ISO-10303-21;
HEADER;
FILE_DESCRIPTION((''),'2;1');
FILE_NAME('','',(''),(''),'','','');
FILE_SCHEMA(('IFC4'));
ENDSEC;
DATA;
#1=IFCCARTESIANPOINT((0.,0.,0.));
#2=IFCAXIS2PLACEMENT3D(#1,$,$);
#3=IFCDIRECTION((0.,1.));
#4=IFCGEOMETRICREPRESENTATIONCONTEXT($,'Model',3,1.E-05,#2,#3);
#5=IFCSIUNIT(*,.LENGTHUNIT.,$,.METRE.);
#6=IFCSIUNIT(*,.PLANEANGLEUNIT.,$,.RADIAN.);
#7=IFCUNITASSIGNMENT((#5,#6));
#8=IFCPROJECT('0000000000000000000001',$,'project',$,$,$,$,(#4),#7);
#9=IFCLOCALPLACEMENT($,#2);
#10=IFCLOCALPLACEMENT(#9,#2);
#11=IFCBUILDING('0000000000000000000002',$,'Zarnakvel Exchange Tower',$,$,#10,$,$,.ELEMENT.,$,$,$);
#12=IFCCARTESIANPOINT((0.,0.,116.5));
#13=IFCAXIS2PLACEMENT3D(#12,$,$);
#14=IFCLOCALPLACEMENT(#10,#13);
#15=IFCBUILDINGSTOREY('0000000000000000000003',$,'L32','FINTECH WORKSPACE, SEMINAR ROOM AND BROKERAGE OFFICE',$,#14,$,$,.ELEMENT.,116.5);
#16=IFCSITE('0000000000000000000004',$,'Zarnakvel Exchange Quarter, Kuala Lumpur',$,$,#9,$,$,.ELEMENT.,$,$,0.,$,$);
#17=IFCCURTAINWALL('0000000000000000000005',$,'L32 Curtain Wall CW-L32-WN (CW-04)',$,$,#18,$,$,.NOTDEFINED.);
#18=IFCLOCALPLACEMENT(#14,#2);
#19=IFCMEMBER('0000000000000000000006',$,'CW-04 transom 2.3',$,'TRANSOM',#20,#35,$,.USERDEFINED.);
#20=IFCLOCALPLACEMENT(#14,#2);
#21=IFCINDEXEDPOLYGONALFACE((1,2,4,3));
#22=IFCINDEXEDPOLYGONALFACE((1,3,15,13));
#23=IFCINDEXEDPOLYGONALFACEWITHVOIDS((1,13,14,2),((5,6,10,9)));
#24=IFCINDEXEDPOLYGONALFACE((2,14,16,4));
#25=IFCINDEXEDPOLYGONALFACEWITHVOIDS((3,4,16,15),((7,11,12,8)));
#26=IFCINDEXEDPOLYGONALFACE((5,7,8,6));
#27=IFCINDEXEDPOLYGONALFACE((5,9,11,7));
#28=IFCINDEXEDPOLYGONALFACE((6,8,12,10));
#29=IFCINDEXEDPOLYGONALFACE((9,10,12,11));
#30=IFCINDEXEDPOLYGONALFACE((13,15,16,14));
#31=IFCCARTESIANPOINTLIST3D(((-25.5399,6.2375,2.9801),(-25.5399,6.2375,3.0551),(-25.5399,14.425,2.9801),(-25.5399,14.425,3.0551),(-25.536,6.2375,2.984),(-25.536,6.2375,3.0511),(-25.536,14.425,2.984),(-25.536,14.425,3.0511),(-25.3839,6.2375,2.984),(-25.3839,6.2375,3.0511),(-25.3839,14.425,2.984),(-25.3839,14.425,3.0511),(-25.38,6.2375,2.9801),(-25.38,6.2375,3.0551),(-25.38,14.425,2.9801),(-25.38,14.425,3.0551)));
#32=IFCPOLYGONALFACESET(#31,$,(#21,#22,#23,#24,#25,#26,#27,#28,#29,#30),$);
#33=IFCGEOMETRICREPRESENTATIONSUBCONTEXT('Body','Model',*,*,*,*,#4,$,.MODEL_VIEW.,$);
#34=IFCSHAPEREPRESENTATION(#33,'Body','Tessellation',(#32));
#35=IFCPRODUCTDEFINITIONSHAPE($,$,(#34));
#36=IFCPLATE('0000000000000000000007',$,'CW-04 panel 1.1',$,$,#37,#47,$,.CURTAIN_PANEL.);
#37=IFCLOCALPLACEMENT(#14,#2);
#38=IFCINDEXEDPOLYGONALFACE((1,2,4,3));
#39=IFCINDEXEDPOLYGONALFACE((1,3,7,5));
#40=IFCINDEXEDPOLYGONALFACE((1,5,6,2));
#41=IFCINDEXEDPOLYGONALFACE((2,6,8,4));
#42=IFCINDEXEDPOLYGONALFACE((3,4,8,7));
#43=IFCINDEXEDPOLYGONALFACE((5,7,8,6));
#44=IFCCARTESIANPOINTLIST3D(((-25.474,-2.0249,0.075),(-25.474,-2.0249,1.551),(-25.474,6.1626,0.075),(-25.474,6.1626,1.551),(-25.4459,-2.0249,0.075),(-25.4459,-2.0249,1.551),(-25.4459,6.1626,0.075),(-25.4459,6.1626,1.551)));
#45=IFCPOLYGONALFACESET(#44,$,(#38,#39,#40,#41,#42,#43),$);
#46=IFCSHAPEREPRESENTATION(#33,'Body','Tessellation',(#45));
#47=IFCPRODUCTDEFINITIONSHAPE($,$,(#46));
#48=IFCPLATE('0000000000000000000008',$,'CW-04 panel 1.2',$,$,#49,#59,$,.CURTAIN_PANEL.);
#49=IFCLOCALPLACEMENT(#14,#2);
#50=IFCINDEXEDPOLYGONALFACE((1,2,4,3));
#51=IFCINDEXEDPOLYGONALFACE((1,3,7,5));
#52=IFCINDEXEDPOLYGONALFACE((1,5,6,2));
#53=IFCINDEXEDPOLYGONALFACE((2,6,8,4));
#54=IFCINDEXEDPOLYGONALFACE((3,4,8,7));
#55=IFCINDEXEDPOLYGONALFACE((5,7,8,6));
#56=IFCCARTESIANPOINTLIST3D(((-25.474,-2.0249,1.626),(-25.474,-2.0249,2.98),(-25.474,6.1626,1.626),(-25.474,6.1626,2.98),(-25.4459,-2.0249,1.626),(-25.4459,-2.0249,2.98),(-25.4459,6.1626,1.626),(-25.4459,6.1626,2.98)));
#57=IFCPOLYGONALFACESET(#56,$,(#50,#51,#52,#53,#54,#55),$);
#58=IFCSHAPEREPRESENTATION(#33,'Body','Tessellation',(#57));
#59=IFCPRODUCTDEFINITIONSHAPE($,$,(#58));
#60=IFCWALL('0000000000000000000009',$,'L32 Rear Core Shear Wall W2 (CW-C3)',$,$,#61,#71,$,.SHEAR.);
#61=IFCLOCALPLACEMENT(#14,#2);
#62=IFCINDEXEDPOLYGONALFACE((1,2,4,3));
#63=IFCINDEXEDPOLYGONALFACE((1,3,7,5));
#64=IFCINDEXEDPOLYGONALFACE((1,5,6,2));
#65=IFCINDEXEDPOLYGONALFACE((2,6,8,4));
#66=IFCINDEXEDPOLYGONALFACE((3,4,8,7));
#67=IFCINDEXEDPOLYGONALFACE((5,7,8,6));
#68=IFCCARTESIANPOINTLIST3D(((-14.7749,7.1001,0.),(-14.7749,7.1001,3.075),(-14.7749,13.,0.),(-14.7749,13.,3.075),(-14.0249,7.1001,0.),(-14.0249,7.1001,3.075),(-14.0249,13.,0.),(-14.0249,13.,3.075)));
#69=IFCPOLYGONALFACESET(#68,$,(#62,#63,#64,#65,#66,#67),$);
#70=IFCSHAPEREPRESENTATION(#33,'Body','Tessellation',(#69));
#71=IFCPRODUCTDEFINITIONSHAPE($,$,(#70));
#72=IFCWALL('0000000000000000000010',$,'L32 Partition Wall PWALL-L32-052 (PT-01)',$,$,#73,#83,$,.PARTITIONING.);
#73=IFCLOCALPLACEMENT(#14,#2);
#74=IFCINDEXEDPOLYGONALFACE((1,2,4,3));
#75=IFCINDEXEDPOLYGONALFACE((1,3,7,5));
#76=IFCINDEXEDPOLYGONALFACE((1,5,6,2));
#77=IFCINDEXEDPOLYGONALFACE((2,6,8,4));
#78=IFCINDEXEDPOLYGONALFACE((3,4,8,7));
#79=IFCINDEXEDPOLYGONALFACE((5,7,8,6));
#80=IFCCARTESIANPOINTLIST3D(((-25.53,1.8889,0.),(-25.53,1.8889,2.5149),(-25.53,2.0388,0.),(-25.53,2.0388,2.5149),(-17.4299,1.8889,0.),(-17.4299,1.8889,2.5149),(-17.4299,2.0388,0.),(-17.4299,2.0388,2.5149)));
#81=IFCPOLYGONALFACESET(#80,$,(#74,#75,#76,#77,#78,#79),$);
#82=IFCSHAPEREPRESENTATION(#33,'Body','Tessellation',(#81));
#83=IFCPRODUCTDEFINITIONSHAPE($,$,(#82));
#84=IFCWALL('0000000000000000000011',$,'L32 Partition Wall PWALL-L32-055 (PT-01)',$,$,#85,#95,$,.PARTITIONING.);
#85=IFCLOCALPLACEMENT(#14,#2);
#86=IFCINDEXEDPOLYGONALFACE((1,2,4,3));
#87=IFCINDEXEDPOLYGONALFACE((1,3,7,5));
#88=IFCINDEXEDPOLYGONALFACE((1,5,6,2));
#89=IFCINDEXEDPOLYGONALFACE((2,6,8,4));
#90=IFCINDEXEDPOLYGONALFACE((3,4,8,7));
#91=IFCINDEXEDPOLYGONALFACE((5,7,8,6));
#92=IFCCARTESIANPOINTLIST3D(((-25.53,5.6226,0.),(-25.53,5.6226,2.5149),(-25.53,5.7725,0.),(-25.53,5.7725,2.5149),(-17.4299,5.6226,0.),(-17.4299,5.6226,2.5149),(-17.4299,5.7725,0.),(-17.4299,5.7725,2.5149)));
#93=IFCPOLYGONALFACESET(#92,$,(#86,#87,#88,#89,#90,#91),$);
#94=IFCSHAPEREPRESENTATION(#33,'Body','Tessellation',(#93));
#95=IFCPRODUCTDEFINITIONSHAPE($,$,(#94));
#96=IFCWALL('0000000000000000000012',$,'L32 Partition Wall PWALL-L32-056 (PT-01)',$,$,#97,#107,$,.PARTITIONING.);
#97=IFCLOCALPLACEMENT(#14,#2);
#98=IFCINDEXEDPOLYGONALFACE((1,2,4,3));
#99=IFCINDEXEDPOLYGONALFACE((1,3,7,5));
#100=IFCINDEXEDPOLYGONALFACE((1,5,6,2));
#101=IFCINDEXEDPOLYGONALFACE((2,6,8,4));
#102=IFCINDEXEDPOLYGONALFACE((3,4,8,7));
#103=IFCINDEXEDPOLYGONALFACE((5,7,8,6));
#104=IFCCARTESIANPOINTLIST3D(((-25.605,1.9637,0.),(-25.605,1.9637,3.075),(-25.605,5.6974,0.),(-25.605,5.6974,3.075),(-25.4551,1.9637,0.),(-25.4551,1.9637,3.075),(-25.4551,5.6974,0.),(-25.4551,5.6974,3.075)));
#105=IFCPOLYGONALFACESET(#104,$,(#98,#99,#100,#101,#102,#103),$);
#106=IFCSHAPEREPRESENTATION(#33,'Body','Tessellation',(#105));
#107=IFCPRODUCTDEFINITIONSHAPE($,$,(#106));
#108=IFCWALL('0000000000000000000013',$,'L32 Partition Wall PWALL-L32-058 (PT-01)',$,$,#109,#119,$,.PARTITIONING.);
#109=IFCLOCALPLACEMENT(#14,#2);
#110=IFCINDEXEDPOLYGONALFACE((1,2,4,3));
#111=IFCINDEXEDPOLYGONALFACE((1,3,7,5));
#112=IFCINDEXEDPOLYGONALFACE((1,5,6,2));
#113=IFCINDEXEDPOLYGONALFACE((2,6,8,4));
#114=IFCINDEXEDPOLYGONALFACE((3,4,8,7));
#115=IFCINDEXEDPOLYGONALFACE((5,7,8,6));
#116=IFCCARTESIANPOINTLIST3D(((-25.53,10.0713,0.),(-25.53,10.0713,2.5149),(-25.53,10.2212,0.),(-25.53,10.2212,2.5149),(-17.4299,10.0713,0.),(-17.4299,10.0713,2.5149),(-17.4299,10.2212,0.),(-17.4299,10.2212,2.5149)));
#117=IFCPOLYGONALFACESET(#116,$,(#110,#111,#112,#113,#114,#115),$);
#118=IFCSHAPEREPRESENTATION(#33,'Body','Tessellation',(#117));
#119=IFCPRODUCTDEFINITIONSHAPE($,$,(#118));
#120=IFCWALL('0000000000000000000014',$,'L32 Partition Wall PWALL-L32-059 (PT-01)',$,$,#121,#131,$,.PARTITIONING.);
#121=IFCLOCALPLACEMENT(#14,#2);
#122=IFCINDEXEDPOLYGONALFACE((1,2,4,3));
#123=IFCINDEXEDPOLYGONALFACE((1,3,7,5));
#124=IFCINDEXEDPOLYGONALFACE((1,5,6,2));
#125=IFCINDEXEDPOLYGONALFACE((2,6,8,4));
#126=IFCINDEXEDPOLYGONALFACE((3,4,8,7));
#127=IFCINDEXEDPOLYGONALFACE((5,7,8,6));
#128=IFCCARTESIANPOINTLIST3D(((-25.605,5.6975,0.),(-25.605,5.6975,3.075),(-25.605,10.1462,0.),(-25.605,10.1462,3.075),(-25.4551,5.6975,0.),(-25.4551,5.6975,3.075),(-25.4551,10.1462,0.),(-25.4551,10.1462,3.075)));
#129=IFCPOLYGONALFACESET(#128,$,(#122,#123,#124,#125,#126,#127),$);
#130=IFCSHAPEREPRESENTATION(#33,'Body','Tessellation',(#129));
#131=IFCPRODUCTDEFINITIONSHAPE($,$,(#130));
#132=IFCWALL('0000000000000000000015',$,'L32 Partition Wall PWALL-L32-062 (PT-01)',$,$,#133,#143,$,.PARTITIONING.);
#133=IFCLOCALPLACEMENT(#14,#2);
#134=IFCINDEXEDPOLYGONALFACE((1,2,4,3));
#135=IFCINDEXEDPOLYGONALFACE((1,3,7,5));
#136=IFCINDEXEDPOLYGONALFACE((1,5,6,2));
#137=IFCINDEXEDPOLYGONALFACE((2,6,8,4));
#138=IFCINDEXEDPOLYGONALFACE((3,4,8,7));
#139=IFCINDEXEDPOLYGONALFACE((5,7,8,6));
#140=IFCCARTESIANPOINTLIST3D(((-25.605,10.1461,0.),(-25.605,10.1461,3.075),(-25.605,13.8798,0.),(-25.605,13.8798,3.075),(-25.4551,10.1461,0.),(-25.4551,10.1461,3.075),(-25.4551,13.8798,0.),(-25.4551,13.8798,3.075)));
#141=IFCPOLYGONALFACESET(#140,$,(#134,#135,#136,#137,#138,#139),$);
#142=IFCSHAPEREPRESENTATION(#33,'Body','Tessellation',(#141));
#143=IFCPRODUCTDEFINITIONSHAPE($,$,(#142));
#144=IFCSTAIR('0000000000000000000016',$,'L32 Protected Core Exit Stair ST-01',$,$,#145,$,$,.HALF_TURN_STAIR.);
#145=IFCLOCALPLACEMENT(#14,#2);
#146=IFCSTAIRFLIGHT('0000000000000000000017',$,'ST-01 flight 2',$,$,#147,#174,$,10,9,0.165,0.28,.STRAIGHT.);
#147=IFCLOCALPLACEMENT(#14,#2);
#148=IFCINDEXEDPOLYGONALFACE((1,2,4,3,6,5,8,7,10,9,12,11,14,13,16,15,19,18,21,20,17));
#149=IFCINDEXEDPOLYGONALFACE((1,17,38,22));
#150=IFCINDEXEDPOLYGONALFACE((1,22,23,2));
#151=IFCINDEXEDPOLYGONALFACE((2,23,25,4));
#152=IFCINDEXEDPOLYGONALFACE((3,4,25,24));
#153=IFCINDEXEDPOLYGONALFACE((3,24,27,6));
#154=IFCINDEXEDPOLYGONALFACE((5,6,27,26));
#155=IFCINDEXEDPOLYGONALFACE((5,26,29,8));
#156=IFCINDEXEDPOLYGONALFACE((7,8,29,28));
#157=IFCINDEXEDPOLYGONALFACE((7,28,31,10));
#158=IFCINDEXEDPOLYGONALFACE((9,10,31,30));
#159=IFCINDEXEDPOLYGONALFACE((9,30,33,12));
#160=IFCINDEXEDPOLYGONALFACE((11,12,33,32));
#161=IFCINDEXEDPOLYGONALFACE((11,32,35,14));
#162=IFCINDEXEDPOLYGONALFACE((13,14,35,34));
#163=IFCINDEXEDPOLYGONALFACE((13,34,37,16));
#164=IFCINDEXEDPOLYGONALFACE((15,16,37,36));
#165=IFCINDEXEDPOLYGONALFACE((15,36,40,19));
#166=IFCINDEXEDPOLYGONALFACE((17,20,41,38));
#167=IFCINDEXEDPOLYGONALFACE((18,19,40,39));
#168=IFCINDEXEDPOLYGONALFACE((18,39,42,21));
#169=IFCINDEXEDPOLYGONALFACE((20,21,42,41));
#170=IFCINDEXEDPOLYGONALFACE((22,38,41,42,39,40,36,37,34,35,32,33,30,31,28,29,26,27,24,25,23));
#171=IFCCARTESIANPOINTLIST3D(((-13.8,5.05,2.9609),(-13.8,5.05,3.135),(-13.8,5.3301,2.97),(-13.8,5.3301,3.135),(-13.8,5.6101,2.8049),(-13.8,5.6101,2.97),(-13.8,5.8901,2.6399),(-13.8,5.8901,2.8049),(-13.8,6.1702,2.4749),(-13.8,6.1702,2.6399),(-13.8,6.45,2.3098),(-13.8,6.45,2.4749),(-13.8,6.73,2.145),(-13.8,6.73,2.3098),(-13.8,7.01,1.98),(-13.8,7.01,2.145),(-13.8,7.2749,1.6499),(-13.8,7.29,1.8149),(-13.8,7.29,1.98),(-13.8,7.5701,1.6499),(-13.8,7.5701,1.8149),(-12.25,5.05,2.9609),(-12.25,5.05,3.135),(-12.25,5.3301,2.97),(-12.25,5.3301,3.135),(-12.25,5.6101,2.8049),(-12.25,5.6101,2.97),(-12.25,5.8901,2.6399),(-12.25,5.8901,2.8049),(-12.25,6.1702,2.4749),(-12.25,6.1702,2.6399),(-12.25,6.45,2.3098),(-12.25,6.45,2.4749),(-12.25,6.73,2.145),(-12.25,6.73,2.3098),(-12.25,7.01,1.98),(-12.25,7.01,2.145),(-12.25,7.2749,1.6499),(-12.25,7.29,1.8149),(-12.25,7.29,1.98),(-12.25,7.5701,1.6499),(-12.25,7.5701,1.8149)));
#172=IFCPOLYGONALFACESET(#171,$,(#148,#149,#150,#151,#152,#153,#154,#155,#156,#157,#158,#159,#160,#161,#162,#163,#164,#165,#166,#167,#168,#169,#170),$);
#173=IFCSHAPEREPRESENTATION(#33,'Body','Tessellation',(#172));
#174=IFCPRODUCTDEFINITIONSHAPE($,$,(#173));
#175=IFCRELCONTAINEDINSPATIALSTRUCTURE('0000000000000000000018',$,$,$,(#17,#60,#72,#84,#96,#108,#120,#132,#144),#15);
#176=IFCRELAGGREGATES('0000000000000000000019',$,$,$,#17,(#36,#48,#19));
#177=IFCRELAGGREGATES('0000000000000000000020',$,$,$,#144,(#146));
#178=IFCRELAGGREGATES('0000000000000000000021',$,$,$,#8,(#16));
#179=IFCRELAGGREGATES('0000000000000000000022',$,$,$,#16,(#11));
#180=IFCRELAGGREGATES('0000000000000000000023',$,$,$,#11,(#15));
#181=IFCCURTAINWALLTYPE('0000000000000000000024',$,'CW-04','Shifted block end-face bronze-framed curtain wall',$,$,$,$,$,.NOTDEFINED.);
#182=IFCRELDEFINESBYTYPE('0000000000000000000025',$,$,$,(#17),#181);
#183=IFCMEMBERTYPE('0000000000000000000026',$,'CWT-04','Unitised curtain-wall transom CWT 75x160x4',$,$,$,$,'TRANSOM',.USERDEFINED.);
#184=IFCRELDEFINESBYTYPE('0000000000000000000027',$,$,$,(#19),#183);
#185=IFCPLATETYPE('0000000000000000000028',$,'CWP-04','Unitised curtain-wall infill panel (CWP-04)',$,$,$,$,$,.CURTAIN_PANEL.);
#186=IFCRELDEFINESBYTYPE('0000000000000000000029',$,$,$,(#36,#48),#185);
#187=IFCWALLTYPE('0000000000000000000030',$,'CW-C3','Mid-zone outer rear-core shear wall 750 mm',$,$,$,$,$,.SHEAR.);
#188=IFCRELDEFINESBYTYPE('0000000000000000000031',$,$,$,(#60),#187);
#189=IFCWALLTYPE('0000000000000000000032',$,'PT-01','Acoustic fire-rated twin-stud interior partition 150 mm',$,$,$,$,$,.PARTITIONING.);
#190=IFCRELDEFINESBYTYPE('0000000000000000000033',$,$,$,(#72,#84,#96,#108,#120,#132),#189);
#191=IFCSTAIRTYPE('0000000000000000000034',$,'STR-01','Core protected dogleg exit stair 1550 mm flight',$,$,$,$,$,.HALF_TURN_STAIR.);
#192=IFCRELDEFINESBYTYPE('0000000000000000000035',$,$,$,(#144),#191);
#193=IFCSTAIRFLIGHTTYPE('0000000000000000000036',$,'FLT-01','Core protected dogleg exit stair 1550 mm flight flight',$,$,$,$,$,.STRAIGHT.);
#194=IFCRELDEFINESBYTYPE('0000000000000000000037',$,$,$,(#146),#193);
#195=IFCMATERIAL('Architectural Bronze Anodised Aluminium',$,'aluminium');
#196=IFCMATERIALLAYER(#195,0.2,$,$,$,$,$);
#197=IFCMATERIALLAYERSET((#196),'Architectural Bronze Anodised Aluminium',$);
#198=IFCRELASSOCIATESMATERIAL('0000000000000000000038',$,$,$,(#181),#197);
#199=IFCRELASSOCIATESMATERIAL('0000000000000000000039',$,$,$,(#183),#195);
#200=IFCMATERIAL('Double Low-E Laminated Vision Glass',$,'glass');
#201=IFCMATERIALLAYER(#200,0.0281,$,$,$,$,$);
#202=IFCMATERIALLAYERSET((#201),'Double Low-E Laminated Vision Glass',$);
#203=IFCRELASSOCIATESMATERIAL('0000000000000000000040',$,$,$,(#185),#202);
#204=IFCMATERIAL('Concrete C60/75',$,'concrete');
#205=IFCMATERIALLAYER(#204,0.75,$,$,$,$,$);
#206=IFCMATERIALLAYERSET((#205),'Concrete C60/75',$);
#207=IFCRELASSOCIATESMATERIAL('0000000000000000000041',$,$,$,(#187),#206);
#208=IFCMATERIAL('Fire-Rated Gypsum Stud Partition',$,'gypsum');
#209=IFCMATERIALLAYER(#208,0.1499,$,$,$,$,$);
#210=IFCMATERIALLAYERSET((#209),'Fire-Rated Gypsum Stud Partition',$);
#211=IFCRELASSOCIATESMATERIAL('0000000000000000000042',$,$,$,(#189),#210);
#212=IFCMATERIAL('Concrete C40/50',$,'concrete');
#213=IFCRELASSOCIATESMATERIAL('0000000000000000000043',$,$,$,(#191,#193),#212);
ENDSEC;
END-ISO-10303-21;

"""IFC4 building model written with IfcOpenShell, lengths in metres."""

from ifc_helpers import new_model, si_unit, direction, frame, frame_2d, origin, origin_2d, place, context, subcontext, project, spatial, polyline, rectangle, hollow_rectangle, outline, extrude, source, transform, mapped, material, layer, layer_set, material_profile, profile_set, type_object, element, aggregate, save


model = new_model("IFC4")

# Units and contexts
model_context = context("Model", 3, precision=1e-05, world=origin(), true_north=direction((0.0, 1.0)))
body_context = subcontext(model_context, "Body", "Model", "MODEL_VIEW")
ifc_project = project(units=[si_unit("LENGTHUNIT", "METRE"), si_unit("PLANEANGLEUNIT", "RADIAN")], contexts=[model_context])

# Site, building, storey
site_placement = place(None, origin())
site = spatial("IfcSite", under=ifc_project, at=site_placement, Name="Zarnakvel Exchange Quarter, Kuala Lumpur", CompositionType="ELEMENT", RefElevation=0.0)
building_placement = place(site_placement, origin())
building = spatial("IfcBuilding", under=site, at=building_placement, Name="Zarnakvel Exchange Tower", CompositionType="ELEMENT")
storey_placement = place(building_placement, frame((0.0, 0.0, 116.5)))
storey = spatial("IfcBuildingStorey", under=building, at=storey_placement, Name="L32", Description="FINTECH WORKSPACE, SEMINAR ROOM AND BROKERAGE OFFICE", CompositionType="ELEMENT", Elevation=116.5)

# Shared definitions
ifc_material_1 = material(Name="Concrete C60/75", Category="concrete")

# Curtain wall, member, plates
ifc_material_2 = material(Name="Architectural Bronze Anodised Aluminium", Category="aluminium")
ifc_layer_1 = layer(ifc_material_2, 0.2)
ifc_layer_set_1 = layer_set([ifc_layer_1], Name="Architectural Bronze Anodised Aluminium")
curtain_wall_type = type_object("IfcCurtainWallType", Name="CW-04", Description="Shifted block end-face bronze-framed curtain wall", PredefinedType="NOTDEFINED", material=ifc_layer_set_1)
curtain_wall_placement = place(storey_placement, origin())
curtain_wall = element("IfcCurtainWall", 1, at=curtain_wall_placement, inside=storey, type_object=curtain_wall_type, Name="L32 Curtain Wall CW-L32-WN (CW-04)", PredefinedType="NOTDEFINED")
ifc_material_profile_1 = material_profile(ifc_material_2, hollow_rectangle(XDim=0.1599, YDim=0.075, WallThickness=0.0039, at=origin_2d()))
ifc_profile_set_1 = profile_set([ifc_material_profile_1], Name="Architectural Bronze Anodised Aluminium")
member_type_1 = type_object("IfcMemberType", Name="CWT-04", Description="Unitised curtain-wall transom CWT 75x160x4", ElementType="TRANSOM", PredefinedType="USERDEFINED", material=ifc_profile_set_1)
shared_shape_1 = source(origin(), body_context, "Body", "SweptSolid", [
    extrude(hollow_rectangle(XDim=0.1599, YDim=0.075, WallThickness=0.0039, at=origin_2d()), origin(), (0.0, 0.0, 1.0), 8.1875),
])
member_1_placement = place(storey_placement, frame((-25.46, 6.2375, 3.0176), z_axis=(0.0, 1.0, 0.0), x_axis=(-1.0, 0.0, 0.0)))
member_1 = element("IfcMember", 2, at=member_1_placement, type_object=member_type_1, Name="CW-04 transom 2.3", ObjectType="TRANSOM", PredefinedType="USERDEFINED", context=body_context, shape_type="MappedRepresentation", body=[
    mapped(shared_shape_1, transform((0.0, 0.0, 0.0), x_axis=(1.0, 0.0, 0.0), y_axis=(0.0, 1.0, 0.0), z_axis=(0.0, 0.0, 1.0), scale=1.0)),
])
ifc_material_3 = material(Name="Double Low-E Laminated Vision Glass", Category="glass")
ifc_layer_2 = layer(ifc_material_3, 0.0281)
ifc_layer_set_2 = layer_set([ifc_layer_2], Name="Double Low-E Laminated Vision Glass")
plate_type = type_object("IfcPlateType", Name="CWP-04", Description="Unitised curtain-wall infill panel (CWP-04)", PredefinedType="CURTAIN_PANEL", material=ifc_layer_set_2)
shared_shape_2 = source(origin(), body_context, "Body", "SweptSolid", [
    extrude(rectangle(XDim=8.1875, YDim=0.0281, at=origin_2d()), origin(), (0.0, 0.0, 1.0), 1.4761),
])
plate_1_placement = place(storey_placement, frame((-25.46, 2.0688, 0.075), z_axis=(0.0, 0.0, 1.0), x_axis=(0.0, 1.0, 0.0)))
plate_1 = element("IfcPlate", 3, at=plate_1_placement, type_object=plate_type, Name="CW-04 panel 1.1", PredefinedType="CURTAIN_PANEL", context=body_context, shape_type="MappedRepresentation", body=[
    mapped(shared_shape_2, transform((0.0, 0.0, 0.0), x_axis=(1.0, 0.0, 0.0), y_axis=(0.0, 1.0, 0.0), z_axis=(0.0, 0.0, 1.0), scale=1.0)),
])
shared_shape_3 = source(origin(), body_context, "Body", "SweptSolid", [
    extrude(rectangle(XDim=8.1875, YDim=0.0281, at=origin_2d()), origin(), (0.0, 0.0, 1.0), 1.354),
])
plate_2_placement = place(storey_placement, frame((-25.46, 2.0688, 1.626), z_axis=(0.0, 0.0, 1.0), x_axis=(0.0, 1.0, 0.0)))
plate_2 = element("IfcPlate", 4, at=plate_2_placement, type_object=plate_type, Name="CW-04 panel 1.2", PredefinedType="CURTAIN_PANEL", context=body_context, shape_type="MappedRepresentation", body=[
    mapped(shared_shape_3, transform((0.0, 0.0, 0.0), x_axis=(1.0, 0.0, 0.0), y_axis=(0.0, 1.0, 0.0), z_axis=(0.0, 0.0, 1.0), scale=1.0)),
])
aggregate(curtain_wall, [plate_1, plate_2, member_1])

# Walls
ifc_layer_3 = layer(ifc_material_1, 0.75)
ifc_layer_set_3 = layer_set([ifc_layer_3], Name="Concrete C60/75")
wall_type_1 = type_object("IfcWallType", Name="CW-C3", Description="Mid-zone outer rear-core shear wall 750 mm", PredefinedType="SHEAR", material=ifc_layer_set_3)
wall_1_placement = place(storey_placement, frame((-14.3999, 7.1001, 0.0), z_axis=(0.0, 0.0, 1.0), x_axis=(0.0, 1.0, 0.0)))
element("IfcWall", 5, at=wall_1_placement, inside=storey, type_object=wall_type_1, Name="L32 Rear Core Shear Wall W2 (CW-C3)", PredefinedType="SHEAR", context=body_context, shape_type="SweptSolid", body=[
    extrude(rectangle(XDim=5.8999, YDim=0.75, at=frame_2d((2.95, 0.0))), origin(), (0.0, 0.0, 1.0), 3.075),
])
ifc_material_4 = material(Name="Fire-Rated Gypsum Stud Partition", Category="gypsum")
ifc_layer_4 = layer(ifc_material_4, 0.1499)
ifc_layer_set_4 = layer_set([ifc_layer_4], Name="Fire-Rated Gypsum Stud Partition")
wall_type_2 = type_object("IfcWallType", Name="PT-01", Description="Acoustic fire-rated twin-stud interior partition 150 mm", PredefinedType="PARTITIONING", material=ifc_layer_set_4)
wall_2_placement = place(storey_placement, frame((-25.53, 1.9639, 0.0), z_axis=(0.0, 0.0, 1.0), x_axis=(1.0, 0.0, 0.0)))
element("IfcWall", 6, at=wall_2_placement, inside=storey, type_object=wall_type_2, Name="L32 Partition Wall PWALL-L32-052 (PT-01)", PredefinedType="PARTITIONING", context=body_context, shape_type="SweptSolid", body=[
    extrude(rectangle(XDim=8.1001, YDim=0.1499, at=frame_2d((4.05, 0.0))), origin(), (0.0, 0.0, 1.0), 2.5149),
])

# Walls
wall_3_placement = place(storey_placement, frame((-25.53, 5.6975, 0.0), z_axis=(0.0, 0.0, 1.0), x_axis=(1.0, 0.0, 0.0)))
element("IfcWall", 7, at=wall_3_placement, inside=storey, type_object=wall_type_2, Name="L32 Partition Wall PWALL-L32-055 (PT-01)", PredefinedType="PARTITIONING", context=body_context, shape_type="SweptSolid", body=[
    extrude(rectangle(XDim=8.1001, YDim=0.1499, at=frame_2d((4.05, 0.0))), origin(), (0.0, 0.0, 1.0), 2.5149),
])
wall_4_placement = place(storey_placement, frame((-25.53, 1.9639, 0.0), z_axis=(0.0, 0.0, 1.0), x_axis=(0.0, 1.0, 0.0)))
element("IfcWall", 8, at=wall_4_placement, inside=storey, type_object=wall_type_2, Name="L32 Partition Wall PWALL-L32-056 (PT-01)", PredefinedType="PARTITIONING", context=body_context, shape_type="SweptSolid", body=[
    extrude(rectangle(XDim=3.7336, YDim=0.1499, at=frame_2d((1.8667, 0.0))), origin(), (0.0, 0.0, 1.0), 3.075),
])

# Walls
wall_5_placement = place(storey_placement, frame((-25.53, 10.1462, 0.0), z_axis=(0.0, 0.0, 1.0), x_axis=(1.0, 0.0, 0.0)))
element("IfcWall", 9, at=wall_5_placement, inside=storey, type_object=wall_type_2, Name="L32 Partition Wall PWALL-L32-058 (PT-01)", PredefinedType="PARTITIONING", context=body_context, shape_type="SweptSolid", body=[
    extrude(rectangle(XDim=8.1001, YDim=0.1499, at=frame_2d((4.05, 0.0))), origin(), (0.0, 0.0, 1.0), 2.5149),
])
wall_6_placement = place(storey_placement, frame((-25.53, 5.6975, 0.0), z_axis=(0.0, 0.0, 1.0), x_axis=(0.0, 1.0, 0.0)))
element("IfcWall", 10, at=wall_6_placement, inside=storey, type_object=wall_type_2, Name="L32 Partition Wall PWALL-L32-059 (PT-01)", PredefinedType="PARTITIONING", context=body_context, shape_type="SweptSolid", body=[
    extrude(rectangle(XDim=4.4487, YDim=0.1499, at=frame_2d((2.2244, 0.0))), origin(), (0.0, 0.0, 1.0), 3.075),
])
wall_7_placement = place(storey_placement, frame((-25.53, 10.1462, 0.0), z_axis=(0.0, 0.0, 1.0), x_axis=(0.0, 1.0, 0.0)))
element("IfcWall", 11, at=wall_7_placement, inside=storey, type_object=wall_type_2, Name="L32 Partition Wall PWALL-L32-062 (PT-01)", PredefinedType="PARTITIONING", context=body_context, shape_type="SweptSolid", body=[
    extrude(rectangle(XDim=3.7336, YDim=0.1499, at=frame_2d((1.8667, 0.0))), origin(), (0.0, 0.0, 1.0), 3.075),
])

# Stair, stair flight
ifc_material_5 = material(Name="Concrete C40/50", Category="concrete")
stair_type = type_object("IfcStairType", Name="STR-01", Description="Core protected dogleg exit stair 1550 mm flight", PredefinedType="HALF_TURN_STAIR", material=ifc_material_5)
stair_placement = place(storey_placement, origin())
stair = element("IfcStair", 12, at=stair_placement, inside=storey, type_object=stair_type, Name="L32 Protected Core Exit Stair ST-01", PredefinedType="HALF_TURN_STAIR")
stair_flight_type = type_object("IfcStairFlightType", Name="FLT-01", Description="Core protected dogleg exit stair 1550 mm flight flight", PredefinedType="STRAIGHT", material=ifc_material_5)
stair_flight_placement = place(storey_placement, frame((-13.0249, 7.5701, 1.6499), z_axis=(0.0, 0.0, 1.0), x_axis=(0.0, -1.0, 0.0)))
stair_flight = element("IfcStairFlight", 13, at=stair_flight_placement, type_object=stair_flight_type, Name="ST-01 flight 2", NumberOfRisers=10, NumberOfTreads=9, PredefinedType="STRAIGHT", RiserHeight=0.165, TreadLength=0.28, context=body_context, shape_type="SweptSolid", body=[
    extrude(outline(polyline([(0.0, 0.0), (0.0, 0.165), (0.28, 0.165), (0.28, 0.3301), (0.5601, 0.3301), (0.5601, 0.4951), (0.8401, 0.4951), (0.8401, 0.6599), (1.1201, 0.6599), (1.1201, 0.825), (1.3999, 0.825), (1.3999, 0.99), (1.6799, 0.99), (1.6799, 1.155), (1.96, 1.155), (1.96, 1.3201), (2.24, 1.3201), (2.24, 1.4851), (2.52, 1.4851), (2.52, 1.6499), (2.52, 1.311), (0.2952, 0.0), (0.0, 0.0)])), frame((0.0, 0.7749, 0.0), z_axis=(0.0, -1.0, 0.0), x_axis=(1.0, 0.0, 0.0)), (0.0, 0.0, 1.0), 1.55),
])
aggregate(stair, [stair_flight])

save(model, "model.ifc")
